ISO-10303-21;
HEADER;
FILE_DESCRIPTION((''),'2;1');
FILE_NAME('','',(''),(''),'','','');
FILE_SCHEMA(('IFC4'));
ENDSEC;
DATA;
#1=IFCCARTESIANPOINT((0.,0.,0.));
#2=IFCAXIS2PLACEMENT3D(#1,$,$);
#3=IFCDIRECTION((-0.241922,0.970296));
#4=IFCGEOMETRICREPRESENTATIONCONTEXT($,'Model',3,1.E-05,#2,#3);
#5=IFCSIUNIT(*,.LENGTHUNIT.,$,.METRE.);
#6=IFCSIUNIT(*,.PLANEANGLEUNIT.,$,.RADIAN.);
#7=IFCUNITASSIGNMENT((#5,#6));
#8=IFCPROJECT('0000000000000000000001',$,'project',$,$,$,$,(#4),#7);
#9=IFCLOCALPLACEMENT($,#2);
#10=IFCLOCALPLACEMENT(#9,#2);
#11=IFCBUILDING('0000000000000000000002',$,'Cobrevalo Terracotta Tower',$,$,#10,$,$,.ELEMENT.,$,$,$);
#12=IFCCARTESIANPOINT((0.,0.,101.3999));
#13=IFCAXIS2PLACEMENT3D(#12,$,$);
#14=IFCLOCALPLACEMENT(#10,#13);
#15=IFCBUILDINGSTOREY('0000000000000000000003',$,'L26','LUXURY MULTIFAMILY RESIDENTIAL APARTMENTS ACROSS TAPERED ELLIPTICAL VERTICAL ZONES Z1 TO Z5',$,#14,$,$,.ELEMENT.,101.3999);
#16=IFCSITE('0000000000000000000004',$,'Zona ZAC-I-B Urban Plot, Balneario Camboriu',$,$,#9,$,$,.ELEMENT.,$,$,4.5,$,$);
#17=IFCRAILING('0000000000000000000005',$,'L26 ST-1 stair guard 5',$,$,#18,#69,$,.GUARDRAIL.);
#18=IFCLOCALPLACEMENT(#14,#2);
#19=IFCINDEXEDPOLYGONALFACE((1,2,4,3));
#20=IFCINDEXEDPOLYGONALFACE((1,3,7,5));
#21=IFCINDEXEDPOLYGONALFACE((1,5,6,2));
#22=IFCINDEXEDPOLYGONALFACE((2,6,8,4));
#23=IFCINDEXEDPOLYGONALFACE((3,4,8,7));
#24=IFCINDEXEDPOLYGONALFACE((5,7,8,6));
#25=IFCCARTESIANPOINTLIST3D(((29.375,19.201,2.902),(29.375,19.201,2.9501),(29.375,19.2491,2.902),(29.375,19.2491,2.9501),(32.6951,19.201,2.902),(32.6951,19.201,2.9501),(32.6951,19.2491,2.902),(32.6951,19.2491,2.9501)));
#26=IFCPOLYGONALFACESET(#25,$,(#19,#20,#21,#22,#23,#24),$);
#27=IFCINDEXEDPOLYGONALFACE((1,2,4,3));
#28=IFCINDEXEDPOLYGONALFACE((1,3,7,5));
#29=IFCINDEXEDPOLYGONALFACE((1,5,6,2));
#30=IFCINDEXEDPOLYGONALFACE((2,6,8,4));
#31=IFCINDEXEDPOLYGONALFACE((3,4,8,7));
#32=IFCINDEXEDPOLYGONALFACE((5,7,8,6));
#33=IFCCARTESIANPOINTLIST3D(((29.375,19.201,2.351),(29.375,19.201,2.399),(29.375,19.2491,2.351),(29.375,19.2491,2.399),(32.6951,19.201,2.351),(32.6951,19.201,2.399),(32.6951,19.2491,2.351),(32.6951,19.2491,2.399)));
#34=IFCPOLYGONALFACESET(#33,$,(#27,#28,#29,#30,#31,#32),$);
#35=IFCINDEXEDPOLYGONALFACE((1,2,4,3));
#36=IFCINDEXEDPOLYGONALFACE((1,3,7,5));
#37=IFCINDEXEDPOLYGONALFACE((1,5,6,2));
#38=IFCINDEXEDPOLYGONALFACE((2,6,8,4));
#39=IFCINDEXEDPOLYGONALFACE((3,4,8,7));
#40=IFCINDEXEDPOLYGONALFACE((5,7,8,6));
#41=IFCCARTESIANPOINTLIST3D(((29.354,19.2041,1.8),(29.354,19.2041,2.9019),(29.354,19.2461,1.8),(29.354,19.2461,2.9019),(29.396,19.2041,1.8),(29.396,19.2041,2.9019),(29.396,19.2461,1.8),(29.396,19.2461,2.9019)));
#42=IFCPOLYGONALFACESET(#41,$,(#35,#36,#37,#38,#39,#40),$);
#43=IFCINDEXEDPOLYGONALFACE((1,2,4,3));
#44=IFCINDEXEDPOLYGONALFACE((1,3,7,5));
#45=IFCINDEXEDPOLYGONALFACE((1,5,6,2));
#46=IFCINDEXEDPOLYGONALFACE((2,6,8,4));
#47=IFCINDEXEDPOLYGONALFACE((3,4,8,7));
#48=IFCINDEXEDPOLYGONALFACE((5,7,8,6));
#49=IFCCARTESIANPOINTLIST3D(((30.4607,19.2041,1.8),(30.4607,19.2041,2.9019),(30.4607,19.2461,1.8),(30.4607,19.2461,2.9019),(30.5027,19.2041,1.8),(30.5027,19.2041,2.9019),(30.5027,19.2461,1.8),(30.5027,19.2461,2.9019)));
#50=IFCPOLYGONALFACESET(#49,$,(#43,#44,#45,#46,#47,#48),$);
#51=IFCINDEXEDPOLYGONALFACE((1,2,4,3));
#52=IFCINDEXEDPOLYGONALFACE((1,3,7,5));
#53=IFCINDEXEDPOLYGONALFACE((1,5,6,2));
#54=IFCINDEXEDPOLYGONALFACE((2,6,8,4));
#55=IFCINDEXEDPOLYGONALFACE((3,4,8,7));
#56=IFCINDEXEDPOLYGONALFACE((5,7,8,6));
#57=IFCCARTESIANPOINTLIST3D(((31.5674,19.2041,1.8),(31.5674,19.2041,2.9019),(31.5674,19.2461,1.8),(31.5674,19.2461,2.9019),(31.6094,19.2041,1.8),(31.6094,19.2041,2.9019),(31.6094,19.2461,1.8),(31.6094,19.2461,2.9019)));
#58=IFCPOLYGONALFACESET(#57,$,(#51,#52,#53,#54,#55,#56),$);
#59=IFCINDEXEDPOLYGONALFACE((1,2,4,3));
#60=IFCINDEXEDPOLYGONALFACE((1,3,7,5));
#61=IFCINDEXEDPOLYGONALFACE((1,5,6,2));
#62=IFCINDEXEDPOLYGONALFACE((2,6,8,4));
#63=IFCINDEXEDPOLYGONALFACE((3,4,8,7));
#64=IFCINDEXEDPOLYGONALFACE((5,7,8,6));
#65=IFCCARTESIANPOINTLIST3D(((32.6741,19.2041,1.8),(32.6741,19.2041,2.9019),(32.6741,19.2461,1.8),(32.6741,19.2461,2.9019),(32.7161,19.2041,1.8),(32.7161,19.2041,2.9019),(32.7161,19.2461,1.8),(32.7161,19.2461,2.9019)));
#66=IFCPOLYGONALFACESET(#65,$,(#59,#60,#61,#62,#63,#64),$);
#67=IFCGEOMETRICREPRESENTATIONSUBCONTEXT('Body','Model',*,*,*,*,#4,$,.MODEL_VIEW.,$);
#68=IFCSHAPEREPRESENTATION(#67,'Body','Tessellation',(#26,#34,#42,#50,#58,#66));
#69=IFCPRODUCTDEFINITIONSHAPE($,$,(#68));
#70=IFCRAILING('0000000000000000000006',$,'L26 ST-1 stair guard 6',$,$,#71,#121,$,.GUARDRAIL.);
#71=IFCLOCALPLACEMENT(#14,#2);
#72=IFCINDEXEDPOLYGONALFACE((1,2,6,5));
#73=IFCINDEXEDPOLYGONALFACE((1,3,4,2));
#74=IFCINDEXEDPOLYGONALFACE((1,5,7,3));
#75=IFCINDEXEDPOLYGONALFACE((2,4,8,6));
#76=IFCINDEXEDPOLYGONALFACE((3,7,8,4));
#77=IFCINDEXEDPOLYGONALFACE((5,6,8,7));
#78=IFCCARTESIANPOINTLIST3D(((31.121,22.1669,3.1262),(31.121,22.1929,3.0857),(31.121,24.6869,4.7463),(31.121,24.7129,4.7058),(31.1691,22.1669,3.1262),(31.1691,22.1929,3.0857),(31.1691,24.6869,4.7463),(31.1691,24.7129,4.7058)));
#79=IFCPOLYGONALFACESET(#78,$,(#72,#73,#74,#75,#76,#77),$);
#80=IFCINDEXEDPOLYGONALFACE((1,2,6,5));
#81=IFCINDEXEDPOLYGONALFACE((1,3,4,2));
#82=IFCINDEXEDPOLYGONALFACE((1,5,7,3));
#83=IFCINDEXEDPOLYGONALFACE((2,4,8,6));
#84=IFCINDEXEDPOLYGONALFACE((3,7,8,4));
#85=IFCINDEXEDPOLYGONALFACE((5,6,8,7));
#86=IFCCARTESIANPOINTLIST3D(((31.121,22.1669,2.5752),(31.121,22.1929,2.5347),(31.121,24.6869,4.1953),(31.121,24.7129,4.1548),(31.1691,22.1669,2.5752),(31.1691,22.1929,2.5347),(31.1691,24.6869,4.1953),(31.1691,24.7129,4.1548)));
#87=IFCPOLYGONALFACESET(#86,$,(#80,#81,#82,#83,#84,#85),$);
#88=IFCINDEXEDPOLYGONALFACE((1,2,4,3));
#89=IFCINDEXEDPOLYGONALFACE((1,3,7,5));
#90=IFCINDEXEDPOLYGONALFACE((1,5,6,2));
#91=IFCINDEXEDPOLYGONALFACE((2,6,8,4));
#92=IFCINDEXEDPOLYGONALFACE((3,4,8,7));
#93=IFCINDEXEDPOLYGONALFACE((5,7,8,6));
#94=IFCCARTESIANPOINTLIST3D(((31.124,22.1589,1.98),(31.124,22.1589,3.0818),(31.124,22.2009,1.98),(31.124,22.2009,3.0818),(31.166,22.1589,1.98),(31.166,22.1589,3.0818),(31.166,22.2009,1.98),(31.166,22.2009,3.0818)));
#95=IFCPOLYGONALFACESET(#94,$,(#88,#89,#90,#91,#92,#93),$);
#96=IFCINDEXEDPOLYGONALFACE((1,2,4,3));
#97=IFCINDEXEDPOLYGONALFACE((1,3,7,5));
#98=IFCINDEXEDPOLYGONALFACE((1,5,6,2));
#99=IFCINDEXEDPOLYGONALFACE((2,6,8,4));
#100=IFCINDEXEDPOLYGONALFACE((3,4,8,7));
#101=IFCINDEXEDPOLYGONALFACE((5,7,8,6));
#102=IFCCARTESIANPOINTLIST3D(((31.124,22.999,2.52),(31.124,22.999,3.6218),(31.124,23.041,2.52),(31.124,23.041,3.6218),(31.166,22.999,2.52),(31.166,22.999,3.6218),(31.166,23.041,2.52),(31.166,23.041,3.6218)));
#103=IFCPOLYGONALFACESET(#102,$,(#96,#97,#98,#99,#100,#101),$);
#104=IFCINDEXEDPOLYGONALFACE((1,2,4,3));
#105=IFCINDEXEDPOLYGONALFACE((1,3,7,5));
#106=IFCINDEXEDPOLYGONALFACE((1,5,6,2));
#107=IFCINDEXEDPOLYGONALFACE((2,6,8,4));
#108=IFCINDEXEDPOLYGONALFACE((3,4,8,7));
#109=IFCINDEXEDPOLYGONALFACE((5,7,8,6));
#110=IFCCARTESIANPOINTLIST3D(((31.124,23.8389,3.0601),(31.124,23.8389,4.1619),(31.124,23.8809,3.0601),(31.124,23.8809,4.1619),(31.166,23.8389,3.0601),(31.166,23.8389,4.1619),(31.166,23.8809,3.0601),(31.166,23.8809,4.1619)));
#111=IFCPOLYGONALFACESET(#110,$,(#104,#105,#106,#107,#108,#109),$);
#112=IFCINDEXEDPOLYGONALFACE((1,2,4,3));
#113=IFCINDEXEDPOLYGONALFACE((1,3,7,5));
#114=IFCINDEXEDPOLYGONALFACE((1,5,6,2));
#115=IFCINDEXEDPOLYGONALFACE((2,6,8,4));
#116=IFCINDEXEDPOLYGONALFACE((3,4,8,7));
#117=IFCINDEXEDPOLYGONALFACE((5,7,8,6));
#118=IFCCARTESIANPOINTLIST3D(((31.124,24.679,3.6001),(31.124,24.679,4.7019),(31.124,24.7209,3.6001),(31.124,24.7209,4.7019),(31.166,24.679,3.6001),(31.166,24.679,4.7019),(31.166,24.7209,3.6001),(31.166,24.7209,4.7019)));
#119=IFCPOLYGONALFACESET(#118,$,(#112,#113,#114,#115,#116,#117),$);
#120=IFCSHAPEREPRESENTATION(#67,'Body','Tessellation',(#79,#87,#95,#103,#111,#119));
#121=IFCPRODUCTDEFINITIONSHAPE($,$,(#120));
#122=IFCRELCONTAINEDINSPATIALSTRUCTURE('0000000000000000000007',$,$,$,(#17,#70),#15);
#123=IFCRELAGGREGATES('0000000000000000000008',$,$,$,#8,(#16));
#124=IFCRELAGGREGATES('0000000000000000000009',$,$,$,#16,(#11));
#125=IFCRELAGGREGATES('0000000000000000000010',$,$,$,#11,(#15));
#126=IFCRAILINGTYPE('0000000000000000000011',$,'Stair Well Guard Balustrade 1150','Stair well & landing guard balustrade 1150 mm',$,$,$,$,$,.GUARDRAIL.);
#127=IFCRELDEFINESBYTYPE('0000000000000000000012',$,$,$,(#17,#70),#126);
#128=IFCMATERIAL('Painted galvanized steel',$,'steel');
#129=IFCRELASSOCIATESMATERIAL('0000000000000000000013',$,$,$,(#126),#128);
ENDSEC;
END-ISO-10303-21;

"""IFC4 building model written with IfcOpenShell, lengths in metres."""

from ifc_helpers import new_model, si_unit, direction, frame, origin, origin_2d, place, context, subcontext, project, spatial, rectangle, extrude, material, type_object, element, save


model = new_model("IFC4")

# Units and contexts
model_context = context("Model", 3, precision=1e-05, world=origin(), true_north=direction((-0.241922, 0.970296)))
body_context = subcontext(model_context, "Body", "Model", "MODEL_VIEW")
ifc_project = project(units=[si_unit("LENGTHUNIT", "METRE"), si_unit("PLANEANGLEUNIT", "RADIAN")], contexts=[model_context])

# Site, building, storey
site_placement = place(None, origin())
site = spatial("IfcSite", under=ifc_project, at=site_placement, Name="Zona ZAC-I-B Urban Plot, Balneario Camboriu", CompositionType="ELEMENT", RefElevation=4.5)
building_placement = place(site_placement, origin())
building = spatial("IfcBuilding", under=site, at=building_placement, Name="Cobrevalo Terracotta Tower", CompositionType="ELEMENT")
storey_placement = place(building_placement, frame((0.0, 0.0, 101.3999)))
storey = spatial("IfcBuildingStorey", under=building, at=storey_placement, Name="L26", Description="LUXURY MULTIFAMILY RESIDENTIAL APARTMENTS ACROSS TAPERED ELLIPTICAL VERTICAL ZONES Z1 TO Z5", CompositionType="ELEMENT", Elevation=101.3999)

# Railings
ifc_material_1 = material(Name="Painted galvanized steel", Category="steel")
railing_type_1 = type_object("IfcRailingType", Name="Stair Well Guard Balustrade 1150", Description="Stair well & landing guard balustrade 1150 mm", PredefinedType="GUARDRAIL", material=ifc_material_1)
railing_1_placement = place(storey_placement, frame((29.375, 19.2251, 1.8)))
element("IfcRailing", 1, at=railing_1_placement, inside=storey, type_object=railing_type_1, Name="L26 ST-1 stair guard 5", PredefinedType="GUARDRAIL", context=body_context, shape_type="SweptSolid", body=[
    extrude(rectangle(XDim=0.0481, YDim=0.0481, at=origin_2d()), frame((0.0, 0.0, 1.126), z_axis=(1.0, 0.0, 0.0), x_axis=(0.0, 1.0, 0.0)), (0.0, 0.0, 1.0), 3.3201),
    extrude(rectangle(XDim=0.0481, YDim=0.0481, at=origin_2d()), frame((0.0, 0.0, 0.575), z_axis=(1.0, 0.0, 0.0), x_axis=(0.0, 1.0, 0.0)), (0.0, 0.0, 1.0), 3.3201),
    extrude(rectangle(XDim=0.042, YDim=0.042, at=origin_2d()), origin(), (0.0, 0.0, 1.0), 1.1018),
    extrude(rectangle(XDim=0.042, YDim=0.042, at=origin_2d()), frame((1.1067, 0.0, 0.0)), (0.0, 0.0, 1.0), 1.1018),
    extrude(rectangle(XDim=0.042, YDim=0.042, at=origin_2d()), frame((2.2134, 0.0, 0.0)), (0.0, 0.0, 1.0), 1.1018),
    extrude(rectangle(XDim=0.042, YDim=0.042, at=origin_2d()), frame((3.3201, 0.0, 0.0)), (0.0, 0.0, 1.0), 1.1018),
])
railing_2_placement = place(storey_placement, frame((31.145, 22.1799, 1.98)))
element("IfcRailing", 2, at=railing_2_placement, inside=storey, type_object=railing_type_1, Name="L26 ST-1 stair guard 6", PredefinedType="GUARDRAIL", context=body_context, shape_type="SweptSolid", body=[
    extrude(rectangle(XDim=0.0481, YDim=0.0481, at=origin_2d()), frame((0.0, 0.0, 1.126), z_axis=(0.0, 0.841163, 0.540782), x_axis=(-1.0, 0.0, 0.0)), (0.0, 0.0, 1.0), 2.9958),
    extrude(rectangle(XDim=0.0481, YDim=0.0481, at=origin_2d()), frame((0.0, 0.0, 0.575), z_axis=(0.0, 0.841163, 0.540782), x_axis=(-1.0, 0.0, 0.0)), (0.0, 0.0, 1.0), 2.9958),
    extrude(rectangle(XDim=0.042, YDim=0.042, at=origin_2d()), origin(), (0.0, 0.0, 1.0), 1.1018),
    extrude(rectangle(XDim=0.042, YDim=0.042, at=origin_2d()), frame((0.0, 0.8401, 0.54)), (0.0, 0.0, 1.0), 1.1018),
    extrude(rectangle(XDim=0.042, YDim=0.042, at=origin_2d()), frame((0.0, 1.6799, 1.0801)), (0.0, 0.0, 1.0), 1.1018),
    extrude(rectangle(XDim=0.042, YDim=0.042, at=origin_2d()), frame((0.0, 2.52, 1.6201)), (0.0, 0.0, 1.0), 1.1018),
])

save(model, "model.ifc")
